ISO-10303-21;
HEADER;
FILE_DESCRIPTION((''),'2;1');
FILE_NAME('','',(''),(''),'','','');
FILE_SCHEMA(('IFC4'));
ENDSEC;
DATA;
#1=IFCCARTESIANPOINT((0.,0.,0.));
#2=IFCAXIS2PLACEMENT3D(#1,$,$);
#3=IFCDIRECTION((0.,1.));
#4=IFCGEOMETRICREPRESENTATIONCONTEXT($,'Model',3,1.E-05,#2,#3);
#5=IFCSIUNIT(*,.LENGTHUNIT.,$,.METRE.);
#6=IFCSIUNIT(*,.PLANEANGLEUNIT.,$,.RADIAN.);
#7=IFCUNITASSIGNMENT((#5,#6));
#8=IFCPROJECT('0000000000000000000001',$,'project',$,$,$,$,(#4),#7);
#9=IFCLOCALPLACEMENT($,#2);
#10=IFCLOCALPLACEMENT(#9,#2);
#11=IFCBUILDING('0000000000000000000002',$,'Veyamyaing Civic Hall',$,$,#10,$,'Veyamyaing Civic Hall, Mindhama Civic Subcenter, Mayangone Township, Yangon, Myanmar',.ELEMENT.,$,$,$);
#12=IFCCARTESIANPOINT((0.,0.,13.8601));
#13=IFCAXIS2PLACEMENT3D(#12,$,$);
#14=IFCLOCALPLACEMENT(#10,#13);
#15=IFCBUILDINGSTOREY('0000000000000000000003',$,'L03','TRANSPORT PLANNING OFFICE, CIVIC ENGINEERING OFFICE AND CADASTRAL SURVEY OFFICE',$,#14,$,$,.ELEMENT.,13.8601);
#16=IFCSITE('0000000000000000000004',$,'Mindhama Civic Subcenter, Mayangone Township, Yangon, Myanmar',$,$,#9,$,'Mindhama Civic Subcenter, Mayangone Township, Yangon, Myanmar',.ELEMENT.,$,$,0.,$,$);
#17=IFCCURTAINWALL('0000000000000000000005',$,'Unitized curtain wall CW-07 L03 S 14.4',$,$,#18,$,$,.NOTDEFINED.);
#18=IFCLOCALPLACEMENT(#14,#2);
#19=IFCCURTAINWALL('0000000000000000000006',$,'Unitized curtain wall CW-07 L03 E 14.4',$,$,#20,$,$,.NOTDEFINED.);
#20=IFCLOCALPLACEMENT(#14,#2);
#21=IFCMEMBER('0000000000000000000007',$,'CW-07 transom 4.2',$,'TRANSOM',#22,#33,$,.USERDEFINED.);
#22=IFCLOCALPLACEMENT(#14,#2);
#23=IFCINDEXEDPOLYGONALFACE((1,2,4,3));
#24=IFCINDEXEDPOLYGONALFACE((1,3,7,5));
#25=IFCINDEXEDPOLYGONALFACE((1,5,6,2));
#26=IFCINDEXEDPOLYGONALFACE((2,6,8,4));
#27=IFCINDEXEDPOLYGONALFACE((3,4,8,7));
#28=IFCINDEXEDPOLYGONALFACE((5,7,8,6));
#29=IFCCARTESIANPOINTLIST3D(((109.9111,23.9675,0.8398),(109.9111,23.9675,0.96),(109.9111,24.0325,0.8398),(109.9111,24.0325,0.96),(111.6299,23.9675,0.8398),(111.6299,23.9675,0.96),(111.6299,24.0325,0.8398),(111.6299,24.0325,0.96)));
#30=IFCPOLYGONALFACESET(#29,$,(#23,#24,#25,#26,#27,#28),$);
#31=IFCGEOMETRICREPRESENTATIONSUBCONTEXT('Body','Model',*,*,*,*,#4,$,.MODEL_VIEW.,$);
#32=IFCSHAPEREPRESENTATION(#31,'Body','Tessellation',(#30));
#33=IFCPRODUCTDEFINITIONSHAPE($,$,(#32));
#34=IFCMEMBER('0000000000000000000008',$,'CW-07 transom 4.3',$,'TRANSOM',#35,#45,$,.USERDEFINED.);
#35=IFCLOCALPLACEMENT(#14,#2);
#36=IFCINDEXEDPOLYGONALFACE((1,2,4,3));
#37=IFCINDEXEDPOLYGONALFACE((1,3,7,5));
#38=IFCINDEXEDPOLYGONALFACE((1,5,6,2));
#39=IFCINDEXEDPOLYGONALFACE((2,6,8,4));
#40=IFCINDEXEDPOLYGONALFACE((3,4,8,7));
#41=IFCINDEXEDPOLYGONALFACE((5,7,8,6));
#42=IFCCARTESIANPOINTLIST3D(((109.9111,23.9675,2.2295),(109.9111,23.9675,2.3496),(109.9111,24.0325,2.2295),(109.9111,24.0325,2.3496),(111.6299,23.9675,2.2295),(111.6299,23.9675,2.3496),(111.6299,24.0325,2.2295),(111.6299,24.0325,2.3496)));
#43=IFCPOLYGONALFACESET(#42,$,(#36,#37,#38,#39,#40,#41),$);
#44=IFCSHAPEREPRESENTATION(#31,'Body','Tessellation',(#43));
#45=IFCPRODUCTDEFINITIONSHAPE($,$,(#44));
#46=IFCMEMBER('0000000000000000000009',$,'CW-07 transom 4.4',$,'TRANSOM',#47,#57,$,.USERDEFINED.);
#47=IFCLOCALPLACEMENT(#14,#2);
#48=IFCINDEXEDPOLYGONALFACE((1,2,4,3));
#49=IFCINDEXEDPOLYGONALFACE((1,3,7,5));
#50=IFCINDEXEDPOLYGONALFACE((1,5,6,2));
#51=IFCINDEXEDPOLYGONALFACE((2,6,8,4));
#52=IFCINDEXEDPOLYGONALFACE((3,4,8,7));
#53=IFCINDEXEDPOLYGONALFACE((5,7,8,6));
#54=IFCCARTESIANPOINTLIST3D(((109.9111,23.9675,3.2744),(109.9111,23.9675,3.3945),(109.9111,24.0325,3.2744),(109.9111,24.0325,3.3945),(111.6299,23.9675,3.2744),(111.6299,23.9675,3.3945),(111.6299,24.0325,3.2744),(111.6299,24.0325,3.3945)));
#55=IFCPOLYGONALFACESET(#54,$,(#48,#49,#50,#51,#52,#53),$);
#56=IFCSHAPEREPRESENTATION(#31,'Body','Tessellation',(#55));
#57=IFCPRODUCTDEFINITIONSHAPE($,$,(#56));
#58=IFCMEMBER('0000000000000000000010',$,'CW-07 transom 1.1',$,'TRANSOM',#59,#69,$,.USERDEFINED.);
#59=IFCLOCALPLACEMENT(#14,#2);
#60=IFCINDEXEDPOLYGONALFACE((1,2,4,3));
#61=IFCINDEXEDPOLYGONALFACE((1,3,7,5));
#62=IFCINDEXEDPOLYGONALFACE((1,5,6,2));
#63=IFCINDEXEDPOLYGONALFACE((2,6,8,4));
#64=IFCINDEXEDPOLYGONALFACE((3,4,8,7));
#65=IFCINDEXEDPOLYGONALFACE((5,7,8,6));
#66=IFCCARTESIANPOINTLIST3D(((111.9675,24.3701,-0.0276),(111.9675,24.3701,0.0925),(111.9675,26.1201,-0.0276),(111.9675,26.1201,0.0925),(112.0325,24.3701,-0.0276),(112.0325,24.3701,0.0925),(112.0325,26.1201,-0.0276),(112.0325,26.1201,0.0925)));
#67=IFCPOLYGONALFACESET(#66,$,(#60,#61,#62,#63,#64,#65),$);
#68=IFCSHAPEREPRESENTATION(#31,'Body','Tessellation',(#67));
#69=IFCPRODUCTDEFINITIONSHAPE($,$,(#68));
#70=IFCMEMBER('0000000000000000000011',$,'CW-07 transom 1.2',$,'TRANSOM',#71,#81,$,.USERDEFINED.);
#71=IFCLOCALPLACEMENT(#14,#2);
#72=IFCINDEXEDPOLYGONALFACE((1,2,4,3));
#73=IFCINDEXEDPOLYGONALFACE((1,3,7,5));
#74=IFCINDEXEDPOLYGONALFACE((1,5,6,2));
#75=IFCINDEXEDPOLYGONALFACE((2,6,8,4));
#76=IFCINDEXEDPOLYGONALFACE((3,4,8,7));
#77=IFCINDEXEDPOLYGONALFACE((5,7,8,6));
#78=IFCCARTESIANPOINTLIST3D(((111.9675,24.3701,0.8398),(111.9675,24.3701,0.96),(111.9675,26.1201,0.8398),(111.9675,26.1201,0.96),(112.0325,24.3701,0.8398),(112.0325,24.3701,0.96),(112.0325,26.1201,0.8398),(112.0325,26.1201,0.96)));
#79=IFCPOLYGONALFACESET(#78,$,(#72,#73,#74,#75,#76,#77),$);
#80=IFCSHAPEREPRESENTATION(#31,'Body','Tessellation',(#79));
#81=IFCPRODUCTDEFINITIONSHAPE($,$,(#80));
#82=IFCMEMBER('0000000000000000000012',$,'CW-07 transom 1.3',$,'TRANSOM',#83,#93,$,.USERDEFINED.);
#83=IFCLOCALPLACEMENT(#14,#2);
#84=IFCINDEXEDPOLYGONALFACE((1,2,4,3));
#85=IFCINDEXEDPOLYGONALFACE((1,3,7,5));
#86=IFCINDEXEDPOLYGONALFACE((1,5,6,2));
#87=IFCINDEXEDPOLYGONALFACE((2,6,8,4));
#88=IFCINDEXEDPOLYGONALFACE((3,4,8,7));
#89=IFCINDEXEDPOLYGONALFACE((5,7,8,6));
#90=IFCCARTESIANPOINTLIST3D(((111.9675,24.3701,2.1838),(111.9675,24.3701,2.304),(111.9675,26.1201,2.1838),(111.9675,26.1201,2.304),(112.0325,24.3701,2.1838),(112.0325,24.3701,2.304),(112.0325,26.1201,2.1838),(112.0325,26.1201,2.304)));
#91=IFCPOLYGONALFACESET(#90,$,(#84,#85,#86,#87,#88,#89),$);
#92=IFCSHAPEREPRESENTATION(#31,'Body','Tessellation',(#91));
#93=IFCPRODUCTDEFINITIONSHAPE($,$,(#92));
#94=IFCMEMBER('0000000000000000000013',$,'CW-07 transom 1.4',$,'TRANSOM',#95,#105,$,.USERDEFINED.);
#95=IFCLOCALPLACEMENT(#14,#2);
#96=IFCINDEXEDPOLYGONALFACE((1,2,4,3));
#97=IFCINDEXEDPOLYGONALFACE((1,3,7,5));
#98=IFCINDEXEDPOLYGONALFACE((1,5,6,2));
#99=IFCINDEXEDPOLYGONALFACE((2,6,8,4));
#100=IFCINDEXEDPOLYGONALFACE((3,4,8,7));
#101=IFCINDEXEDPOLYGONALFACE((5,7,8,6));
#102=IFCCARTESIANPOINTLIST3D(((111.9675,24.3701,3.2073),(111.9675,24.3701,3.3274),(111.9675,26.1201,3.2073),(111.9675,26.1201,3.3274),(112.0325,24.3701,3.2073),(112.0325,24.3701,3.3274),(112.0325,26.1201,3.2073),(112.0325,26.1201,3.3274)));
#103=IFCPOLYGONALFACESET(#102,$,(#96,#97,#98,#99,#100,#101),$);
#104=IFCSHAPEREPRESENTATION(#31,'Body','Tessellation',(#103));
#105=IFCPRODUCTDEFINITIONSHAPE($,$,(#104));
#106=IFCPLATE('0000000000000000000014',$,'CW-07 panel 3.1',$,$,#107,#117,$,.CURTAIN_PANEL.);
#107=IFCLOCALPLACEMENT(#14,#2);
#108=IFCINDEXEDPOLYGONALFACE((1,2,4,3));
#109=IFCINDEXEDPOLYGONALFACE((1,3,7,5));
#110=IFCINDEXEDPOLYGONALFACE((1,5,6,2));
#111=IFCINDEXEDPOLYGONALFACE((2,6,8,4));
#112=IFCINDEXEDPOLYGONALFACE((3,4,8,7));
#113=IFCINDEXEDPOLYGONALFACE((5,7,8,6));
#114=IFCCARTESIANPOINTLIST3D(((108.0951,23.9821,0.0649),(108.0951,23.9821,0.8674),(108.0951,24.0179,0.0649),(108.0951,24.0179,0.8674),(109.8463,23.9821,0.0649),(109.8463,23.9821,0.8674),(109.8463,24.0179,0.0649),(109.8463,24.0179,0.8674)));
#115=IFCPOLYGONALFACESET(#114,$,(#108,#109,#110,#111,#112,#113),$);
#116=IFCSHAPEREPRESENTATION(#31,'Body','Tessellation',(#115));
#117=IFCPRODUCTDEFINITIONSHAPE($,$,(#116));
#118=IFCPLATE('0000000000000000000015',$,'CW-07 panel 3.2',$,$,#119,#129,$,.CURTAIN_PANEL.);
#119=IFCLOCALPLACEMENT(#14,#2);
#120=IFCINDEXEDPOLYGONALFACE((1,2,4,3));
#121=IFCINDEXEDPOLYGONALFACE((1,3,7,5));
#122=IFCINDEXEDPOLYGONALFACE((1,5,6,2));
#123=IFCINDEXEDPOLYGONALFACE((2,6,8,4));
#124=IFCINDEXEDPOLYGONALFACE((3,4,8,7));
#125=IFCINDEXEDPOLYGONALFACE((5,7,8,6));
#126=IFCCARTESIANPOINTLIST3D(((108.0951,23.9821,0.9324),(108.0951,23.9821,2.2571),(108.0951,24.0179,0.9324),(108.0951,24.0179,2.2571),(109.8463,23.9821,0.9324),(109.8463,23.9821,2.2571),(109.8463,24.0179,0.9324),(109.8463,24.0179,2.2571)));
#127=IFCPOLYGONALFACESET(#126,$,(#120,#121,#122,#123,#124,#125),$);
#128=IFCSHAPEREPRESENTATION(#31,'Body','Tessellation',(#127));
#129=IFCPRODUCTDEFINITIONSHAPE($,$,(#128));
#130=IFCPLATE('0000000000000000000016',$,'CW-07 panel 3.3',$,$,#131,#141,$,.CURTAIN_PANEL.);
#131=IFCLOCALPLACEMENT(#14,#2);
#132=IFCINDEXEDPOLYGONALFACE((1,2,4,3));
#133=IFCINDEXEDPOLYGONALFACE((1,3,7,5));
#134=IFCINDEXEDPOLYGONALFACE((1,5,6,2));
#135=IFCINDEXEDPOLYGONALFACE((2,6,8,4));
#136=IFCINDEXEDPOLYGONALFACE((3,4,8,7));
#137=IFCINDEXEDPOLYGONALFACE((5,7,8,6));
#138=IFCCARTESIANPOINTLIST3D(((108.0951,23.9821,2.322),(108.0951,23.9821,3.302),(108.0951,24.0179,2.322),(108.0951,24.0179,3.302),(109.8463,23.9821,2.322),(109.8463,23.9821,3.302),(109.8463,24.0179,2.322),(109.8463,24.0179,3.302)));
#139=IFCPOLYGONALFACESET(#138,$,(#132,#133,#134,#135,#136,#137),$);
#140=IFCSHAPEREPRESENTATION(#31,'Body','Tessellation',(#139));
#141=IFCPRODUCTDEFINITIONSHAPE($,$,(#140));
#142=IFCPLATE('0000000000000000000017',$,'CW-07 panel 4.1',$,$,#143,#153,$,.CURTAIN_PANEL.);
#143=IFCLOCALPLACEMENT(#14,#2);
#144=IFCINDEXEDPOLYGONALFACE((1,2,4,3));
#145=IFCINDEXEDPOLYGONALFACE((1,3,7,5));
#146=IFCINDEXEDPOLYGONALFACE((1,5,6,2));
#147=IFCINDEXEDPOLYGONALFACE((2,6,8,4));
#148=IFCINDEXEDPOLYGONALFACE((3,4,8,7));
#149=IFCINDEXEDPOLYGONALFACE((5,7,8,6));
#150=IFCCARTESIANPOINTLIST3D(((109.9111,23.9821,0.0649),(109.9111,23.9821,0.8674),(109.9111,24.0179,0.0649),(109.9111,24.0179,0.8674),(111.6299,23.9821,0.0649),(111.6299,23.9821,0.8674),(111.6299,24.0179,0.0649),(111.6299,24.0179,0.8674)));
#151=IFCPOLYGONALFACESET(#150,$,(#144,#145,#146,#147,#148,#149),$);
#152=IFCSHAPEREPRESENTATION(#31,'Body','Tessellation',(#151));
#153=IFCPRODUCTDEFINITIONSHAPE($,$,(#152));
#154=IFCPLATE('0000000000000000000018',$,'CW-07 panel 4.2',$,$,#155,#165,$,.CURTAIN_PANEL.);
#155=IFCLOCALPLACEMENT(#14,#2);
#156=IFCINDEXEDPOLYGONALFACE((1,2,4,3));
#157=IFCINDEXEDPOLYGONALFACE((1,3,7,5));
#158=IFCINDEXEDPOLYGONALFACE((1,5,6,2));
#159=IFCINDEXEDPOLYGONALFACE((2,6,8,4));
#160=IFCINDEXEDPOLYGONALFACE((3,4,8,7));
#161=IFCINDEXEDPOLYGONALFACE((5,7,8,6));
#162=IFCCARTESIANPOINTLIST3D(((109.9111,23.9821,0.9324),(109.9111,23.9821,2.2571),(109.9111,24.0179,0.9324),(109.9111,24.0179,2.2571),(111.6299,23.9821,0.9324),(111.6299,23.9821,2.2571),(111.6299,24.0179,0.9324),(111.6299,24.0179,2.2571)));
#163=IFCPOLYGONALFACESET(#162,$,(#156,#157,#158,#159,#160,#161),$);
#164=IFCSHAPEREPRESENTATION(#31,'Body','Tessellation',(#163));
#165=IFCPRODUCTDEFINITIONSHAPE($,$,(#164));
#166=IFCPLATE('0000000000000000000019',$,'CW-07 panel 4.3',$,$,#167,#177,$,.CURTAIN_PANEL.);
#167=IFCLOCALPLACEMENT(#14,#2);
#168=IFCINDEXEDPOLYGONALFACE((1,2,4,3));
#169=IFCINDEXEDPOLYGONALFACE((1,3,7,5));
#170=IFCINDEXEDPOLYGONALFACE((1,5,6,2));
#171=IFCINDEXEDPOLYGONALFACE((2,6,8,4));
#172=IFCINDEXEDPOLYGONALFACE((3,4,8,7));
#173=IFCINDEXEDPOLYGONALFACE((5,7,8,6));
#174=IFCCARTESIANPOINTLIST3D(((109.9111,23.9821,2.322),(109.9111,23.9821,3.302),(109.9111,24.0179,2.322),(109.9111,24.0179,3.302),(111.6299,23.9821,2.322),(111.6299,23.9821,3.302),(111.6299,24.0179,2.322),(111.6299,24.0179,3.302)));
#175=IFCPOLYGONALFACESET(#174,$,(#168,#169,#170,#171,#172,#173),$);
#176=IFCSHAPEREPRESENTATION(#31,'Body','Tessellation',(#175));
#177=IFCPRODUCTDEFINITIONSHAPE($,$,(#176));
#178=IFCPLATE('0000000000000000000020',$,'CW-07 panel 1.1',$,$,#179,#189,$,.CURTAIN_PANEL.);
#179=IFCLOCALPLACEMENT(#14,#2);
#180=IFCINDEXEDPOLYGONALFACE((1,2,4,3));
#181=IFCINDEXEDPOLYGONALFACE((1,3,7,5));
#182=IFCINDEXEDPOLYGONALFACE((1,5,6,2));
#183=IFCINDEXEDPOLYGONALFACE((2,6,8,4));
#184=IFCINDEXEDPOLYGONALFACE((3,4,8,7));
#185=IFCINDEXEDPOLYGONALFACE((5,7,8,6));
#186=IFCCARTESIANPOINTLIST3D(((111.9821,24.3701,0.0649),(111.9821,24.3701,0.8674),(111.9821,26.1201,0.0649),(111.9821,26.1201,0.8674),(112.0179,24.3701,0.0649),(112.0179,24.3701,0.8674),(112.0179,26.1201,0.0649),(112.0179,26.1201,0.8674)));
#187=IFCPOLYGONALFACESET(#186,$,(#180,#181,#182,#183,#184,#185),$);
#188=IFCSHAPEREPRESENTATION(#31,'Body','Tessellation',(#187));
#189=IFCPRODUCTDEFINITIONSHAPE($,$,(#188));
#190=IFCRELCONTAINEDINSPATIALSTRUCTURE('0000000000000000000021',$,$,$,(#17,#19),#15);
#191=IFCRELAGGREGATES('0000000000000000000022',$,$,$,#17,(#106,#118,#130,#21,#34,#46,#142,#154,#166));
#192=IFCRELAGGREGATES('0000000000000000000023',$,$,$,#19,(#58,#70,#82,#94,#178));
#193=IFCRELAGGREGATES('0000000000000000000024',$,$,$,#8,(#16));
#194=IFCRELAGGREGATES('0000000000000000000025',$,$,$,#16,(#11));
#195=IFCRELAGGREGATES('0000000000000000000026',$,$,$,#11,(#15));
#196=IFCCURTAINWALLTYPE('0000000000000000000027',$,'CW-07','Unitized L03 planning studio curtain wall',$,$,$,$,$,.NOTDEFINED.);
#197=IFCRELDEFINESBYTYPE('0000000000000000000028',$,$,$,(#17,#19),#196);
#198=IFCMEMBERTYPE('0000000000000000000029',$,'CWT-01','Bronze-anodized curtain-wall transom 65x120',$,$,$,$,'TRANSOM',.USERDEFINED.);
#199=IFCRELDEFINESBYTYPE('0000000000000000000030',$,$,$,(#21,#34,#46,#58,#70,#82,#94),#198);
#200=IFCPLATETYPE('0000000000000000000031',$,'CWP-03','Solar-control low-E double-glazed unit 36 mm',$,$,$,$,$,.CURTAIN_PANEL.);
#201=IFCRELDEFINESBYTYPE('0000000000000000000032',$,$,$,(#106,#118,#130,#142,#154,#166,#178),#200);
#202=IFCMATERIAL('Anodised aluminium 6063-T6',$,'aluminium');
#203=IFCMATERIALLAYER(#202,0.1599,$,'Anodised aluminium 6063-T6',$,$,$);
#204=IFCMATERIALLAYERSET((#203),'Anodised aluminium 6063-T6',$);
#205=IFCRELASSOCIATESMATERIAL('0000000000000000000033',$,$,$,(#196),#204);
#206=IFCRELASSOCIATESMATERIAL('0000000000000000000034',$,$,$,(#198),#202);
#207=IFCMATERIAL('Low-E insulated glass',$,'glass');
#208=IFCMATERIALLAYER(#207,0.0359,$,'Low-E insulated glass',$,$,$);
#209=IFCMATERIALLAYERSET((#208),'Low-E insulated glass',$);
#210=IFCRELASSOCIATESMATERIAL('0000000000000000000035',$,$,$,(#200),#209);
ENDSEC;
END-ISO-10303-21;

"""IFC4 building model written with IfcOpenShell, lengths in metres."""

from ifc_helpers import new_model, si_unit, direction, frame, origin, origin_2d, place, context, subcontext, project, spatial, rectangle, extrude, material, layer, layer_set, material_profile, profile_set, type_object, element, aggregate, save


model = new_model("IFC4")

# Units and contexts
model_context = context("Model", 3, precision=1e-05, world=origin(), true_north=direction((0.0, 1.0)))
body_context = subcontext(model_context, "Body", "Model", "MODEL_VIEW")
ifc_project = project(units=[si_unit("LENGTHUNIT", "METRE"), si_unit("PLANEANGLEUNIT", "RADIAN")], contexts=[model_context])

# Site, building, storey
site_placement = place(None, origin())
site = spatial("IfcSite", under=ifc_project, at=site_placement, Name="Mindhama Civic Subcenter, Mayangone Township, Yangon, Myanmar", LongName="Mindhama Civic Subcenter, Mayangone Township, Yangon, Myanmar", CompositionType="ELEMENT", RefElevation=0.0)
building_placement = place(site_placement, origin())
building = spatial("IfcBuilding", under=site, at=building_placement, Name="Veyamyaing Civic Hall", LongName="Veyamyaing Civic Hall, Mindhama Civic Subcenter, Mayangone Township, Yangon, Myanmar", CompositionType="ELEMENT")
storey_placement = place(building_placement, frame((0.0, 0.0, 13.8601)))
storey = spatial("IfcBuildingStorey", under=building, at=storey_placement, Name="L03", Description="TRANSPORT PLANNING OFFICE, CIVIC ENGINEERING OFFICE AND CADASTRAL SURVEY OFFICE", CompositionType="ELEMENT", Elevation=13.8601)

# Curtain wall
ifc_material_1 = material(Name="Anodised aluminium 6063-T6", Category="aluminium")
ifc_layer_1 = layer(ifc_material_1, 0.1599, Name="Anodised aluminium 6063-T6")
ifc_layer_set_1 = layer_set([ifc_layer_1], Name="Anodised aluminium 6063-T6")
curtain_wall_type = type_object("IfcCurtainWallType", Name="CW-07", Description="Unitized L03 planning studio curtain wall", PredefinedType="NOTDEFINED", material=ifc_layer_set_1)
curtain_wall_1_placement = place(storey_placement, origin())
curtain_wall_1 = element("IfcCurtainWall", 1, at=curtain_wall_1_placement, inside=storey, type_object=curtain_wall_type, Name="Unitized curtain wall CW-07 L03 S 14.4", PredefinedType="NOTDEFINED")

# Curtain wall
curtain_wall_2_placement = place(storey_placement, origin())
curtain_wall_2 = element("IfcCurtainWall", 2, at=curtain_wall_2_placement, inside=storey, type_object=curtain_wall_type, Name="Unitized curtain wall CW-07 L03 E 14.4", PredefinedType="NOTDEFINED")

# Members
ifc_material_profile_1 = material_profile(ifc_material_1, rectangle(XDim=0.0649, YDim=0.1201, at=origin_2d()), Name="ALU-TRN-65X120")
ifc_profile_set_1 = profile_set([ifc_material_profile_1], Name="Anodised aluminium 6063-T6")
member_type_1 = type_object("IfcMemberType", Name="CWT-01", Description="Bronze-anodized curtain-wall transom 65x120", ElementType="TRANSOM", PredefinedType="USERDEFINED", material=ifc_profile_set_1)
member_1_placement = place(storey_placement, frame((109.9111, 24.0, 0.8999), z_axis=(1.0, 0.0, 0.0), x_axis=(0.0, 1.0, 0.0)))
member_1 = element("IfcMember", 3, at=member_1_placement, type_object=member_type_1, Name="CW-07 transom 4.2", ObjectType="TRANSOM", PredefinedType="USERDEFINED", context=body_context, shape_type="SweptSolid", body=[
    extrude(rectangle(XDim=0.0649, YDim=0.1201, at=origin_2d()), origin(), (0.0, 0.0, 1.0), 1.7188),
])
member_2_placement = place(storey_placement, frame((109.9111, 24.0, 2.2896), z_axis=(1.0, 0.0, 0.0), x_axis=(0.0, 1.0, 0.0)))
member_2 = element("IfcMember", 4, at=member_2_placement, type_object=member_type_1, Name="CW-07 transom 4.3", ObjectType="TRANSOM", PredefinedType="USERDEFINED", context=body_context, shape_type="SweptSolid", body=[
    extrude(rectangle(XDim=0.0649, YDim=0.1201, at=origin_2d()), origin(), (0.0, 0.0, 1.0), 1.7188),
])
member_3_placement = place(storey_placement, frame((109.9111, 24.0, 3.3345), z_axis=(1.0, 0.0, 0.0), x_axis=(0.0, 1.0, 0.0)))
member_3 = element("IfcMember", 5, at=member_3_placement, type_object=member_type_1, Name="CW-07 transom 4.4", ObjectType="TRANSOM", PredefinedType="USERDEFINED", context=body_context, shape_type="SweptSolid", body=[
    extrude(rectangle(XDim=0.0649, YDim=0.1201, at=origin_2d()), origin(), (0.0, 0.0, 1.0), 1.7188),
])
member_4_placement = place(storey_placement, frame((112.0, 24.3701, 0.0325), z_axis=(0.0, 1.0, 0.0), x_axis=(-1.0, 0.0, 0.0)))
member_4 = element("IfcMember", 6, at=member_4_placement, type_object=member_type_1, Name="CW-07 transom 1.1", ObjectType="TRANSOM", PredefinedType="USERDEFINED", context=body_context, shape_type="SweptSolid", body=[
    extrude(rectangle(XDim=0.0649, YDim=0.1201, at=origin_2d()), origin(), (0.0, 0.0, 1.0), 1.75),
])
member_5_placement = place(storey_placement, frame((112.0, 24.3701, 0.8999), z_axis=(0.0, 1.0, 0.0), x_axis=(-1.0, 0.0, 0.0)))
member_5 = element("IfcMember", 7, at=member_5_placement, type_object=member_type_1, Name="CW-07 transom 1.2", ObjectType="TRANSOM", PredefinedType="USERDEFINED", context=body_context, shape_type="SweptSolid", body=[
    extrude(rectangle(XDim=0.0649, YDim=0.1201, at=origin_2d()), origin(), (0.0, 0.0, 1.0), 1.75),
])
member_6_placement = place(storey_placement, frame((112.0, 24.3701, 2.2439), z_axis=(0.0, 1.0, 0.0), x_axis=(-1.0, 0.0, 0.0)))
member_6 = element("IfcMember", 8, at=member_6_placement, type_object=member_type_1, Name="CW-07 transom 1.3", ObjectType="TRANSOM", PredefinedType="USERDEFINED", context=body_context, shape_type="SweptSolid", body=[
    extrude(rectangle(XDim=0.0649, YDim=0.1201, at=origin_2d()), origin(), (0.0, 0.0, 1.0), 1.75),
])
member_7_placement = place(storey_placement, frame((112.0, 24.3701, 3.2673), z_axis=(0.0, 1.0, 0.0), x_axis=(-1.0, 0.0, 0.0)))
member_7 = element("IfcMember", 9, at=member_7_placement, type_object=member_type_1, Name="CW-07 transom 1.4", ObjectType="TRANSOM", PredefinedType="USERDEFINED", context=body_context, shape_type="SweptSolid", body=[
    extrude(rectangle(XDim=0.0649, YDim=0.1201, at=origin_2d()), origin(), (0.0, 0.0, 1.0), 1.75),
])

# Plates
ifc_material_2 = material(Name="Low-E insulated glass", Category="glass")
ifc_layer_2 = layer(ifc_material_2, 0.0359, Name="Low-E insulated glass")
ifc_layer_set_2 = layer_set([ifc_layer_2], Name="Low-E insulated glass")
plate_type = type_object("IfcPlateType", Name="CWP-03", Description="Solar-control low-E double-glazed unit 36 mm", PredefinedType="CURTAIN_PANEL", material=ifc_layer_set_2)
plate_1_placement = place(storey_placement, frame((108.9707, 24.0, 0.0649), z_axis=(0.0, 0.0, 1.0), x_axis=(1.0, 0.0, 0.0)))
plate_1 = element("IfcPlate", 10, at=plate_1_placement, type_object=plate_type, Name="CW-07 panel 3.1", PredefinedType="CURTAIN_PANEL", context=body_context, shape_type="SweptSolid", body=[
    extrude(rectangle(XDim=1.7512, YDim=0.0359, at=origin_2d()), origin(), (0.0, 0.0, 1.0), 0.8025),
])
plate_2_placement = place(storey_placement, frame((108.9707, 24.0, 0.9324), z_axis=(0.0, 0.0, 1.0), x_axis=(1.0, 0.0, 0.0)))
plate_2 = element("IfcPlate", 11, at=plate_2_placement, type_object=plate_type, Name="CW-07 panel 3.2", PredefinedType="CURTAIN_PANEL", context=body_context, shape_type="SweptSolid", body=[
    extrude(rectangle(XDim=1.7512, YDim=0.0359, at=origin_2d()), origin(), (0.0, 0.0, 1.0), 1.3247),
])
plate_3_placement = place(storey_placement, frame((108.9707, 24.0, 2.322), z_axis=(0.0, 0.0, 1.0), x_axis=(1.0, 0.0, 0.0)))
plate_3 = element("IfcPlate", 12, at=plate_3_placement, type_object=plate_type, Name="CW-07 panel 3.3", PredefinedType="CURTAIN_PANEL", context=body_context, shape_type="SweptSolid", body=[
    extrude(rectangle(XDim=1.7512, YDim=0.0359, at=origin_2d()), origin(), (0.0, 0.0, 1.0), 0.98),
])
plate_4_placement = place(storey_placement, frame((110.7705, 24.0, 0.0649), z_axis=(0.0, 0.0, 1.0), x_axis=(1.0, 0.0, 0.0)))
plate_4 = element("IfcPlate", 13, at=plate_4_placement, type_object=plate_type, Name="CW-07 panel 4.1", PredefinedType="CURTAIN_PANEL", context=body_context, shape_type="SweptSolid", body=[
    extrude(rectangle(XDim=1.7188, YDim=0.0359, at=origin_2d()), origin(), (0.0, 0.0, 1.0), 0.8025),
])
plate_5_placement = place(storey_placement, frame((110.7705, 24.0, 0.9324), z_axis=(0.0, 0.0, 1.0), x_axis=(1.0, 0.0, 0.0)))
plate_5 = element("IfcPlate", 14, at=plate_5_placement, type_object=plate_type, Name="CW-07 panel 4.2", PredefinedType="CURTAIN_PANEL", context=body_context, shape_type="SweptSolid", body=[
    extrude(rectangle(XDim=1.7188, YDim=0.0359, at=origin_2d()), origin(), (0.0, 0.0, 1.0), 1.3247),
])
plate_6_placement = place(storey_placement, frame((110.7705, 24.0, 2.322), z_axis=(0.0, 0.0, 1.0), x_axis=(1.0, 0.0, 0.0)))
plate_6 = element("IfcPlate", 15, at=plate_6_placement, type_object=plate_type, Name="CW-07 panel 4.3", PredefinedType="CURTAIN_PANEL", context=body_context, shape_type="SweptSolid", body=[
    extrude(rectangle(XDim=1.7188, YDim=0.0359, at=origin_2d()), origin(), (0.0, 0.0, 1.0), 0.98),
])
aggregate(curtain_wall_1, [plate_1, plate_2, plate_3, member_1, member_2, member_3, plate_4, plate_5, plate_6])
plate_7_placement = place(storey_placement, frame((112.0, 25.2451, 0.0649), z_axis=(0.0, 0.0, 1.0), x_axis=(0.0, 1.0, 0.0)))
plate_7 = element("IfcPlate", 16, at=plate_7_placement, type_object=plate_type, Name="CW-07 panel 1.1", PredefinedType="CURTAIN_PANEL", context=body_context, shape_type="SweptSolid", body=[
    extrude(rectangle(XDim=1.75, YDim=0.0359, at=origin_2d()), origin(), (0.0, 0.0, 1.0), 0.8025),
])
aggregate(curtain_wall_2, [member_4, member_5, member_6, member_7, plate_7])

save(model, "model.ifc")
